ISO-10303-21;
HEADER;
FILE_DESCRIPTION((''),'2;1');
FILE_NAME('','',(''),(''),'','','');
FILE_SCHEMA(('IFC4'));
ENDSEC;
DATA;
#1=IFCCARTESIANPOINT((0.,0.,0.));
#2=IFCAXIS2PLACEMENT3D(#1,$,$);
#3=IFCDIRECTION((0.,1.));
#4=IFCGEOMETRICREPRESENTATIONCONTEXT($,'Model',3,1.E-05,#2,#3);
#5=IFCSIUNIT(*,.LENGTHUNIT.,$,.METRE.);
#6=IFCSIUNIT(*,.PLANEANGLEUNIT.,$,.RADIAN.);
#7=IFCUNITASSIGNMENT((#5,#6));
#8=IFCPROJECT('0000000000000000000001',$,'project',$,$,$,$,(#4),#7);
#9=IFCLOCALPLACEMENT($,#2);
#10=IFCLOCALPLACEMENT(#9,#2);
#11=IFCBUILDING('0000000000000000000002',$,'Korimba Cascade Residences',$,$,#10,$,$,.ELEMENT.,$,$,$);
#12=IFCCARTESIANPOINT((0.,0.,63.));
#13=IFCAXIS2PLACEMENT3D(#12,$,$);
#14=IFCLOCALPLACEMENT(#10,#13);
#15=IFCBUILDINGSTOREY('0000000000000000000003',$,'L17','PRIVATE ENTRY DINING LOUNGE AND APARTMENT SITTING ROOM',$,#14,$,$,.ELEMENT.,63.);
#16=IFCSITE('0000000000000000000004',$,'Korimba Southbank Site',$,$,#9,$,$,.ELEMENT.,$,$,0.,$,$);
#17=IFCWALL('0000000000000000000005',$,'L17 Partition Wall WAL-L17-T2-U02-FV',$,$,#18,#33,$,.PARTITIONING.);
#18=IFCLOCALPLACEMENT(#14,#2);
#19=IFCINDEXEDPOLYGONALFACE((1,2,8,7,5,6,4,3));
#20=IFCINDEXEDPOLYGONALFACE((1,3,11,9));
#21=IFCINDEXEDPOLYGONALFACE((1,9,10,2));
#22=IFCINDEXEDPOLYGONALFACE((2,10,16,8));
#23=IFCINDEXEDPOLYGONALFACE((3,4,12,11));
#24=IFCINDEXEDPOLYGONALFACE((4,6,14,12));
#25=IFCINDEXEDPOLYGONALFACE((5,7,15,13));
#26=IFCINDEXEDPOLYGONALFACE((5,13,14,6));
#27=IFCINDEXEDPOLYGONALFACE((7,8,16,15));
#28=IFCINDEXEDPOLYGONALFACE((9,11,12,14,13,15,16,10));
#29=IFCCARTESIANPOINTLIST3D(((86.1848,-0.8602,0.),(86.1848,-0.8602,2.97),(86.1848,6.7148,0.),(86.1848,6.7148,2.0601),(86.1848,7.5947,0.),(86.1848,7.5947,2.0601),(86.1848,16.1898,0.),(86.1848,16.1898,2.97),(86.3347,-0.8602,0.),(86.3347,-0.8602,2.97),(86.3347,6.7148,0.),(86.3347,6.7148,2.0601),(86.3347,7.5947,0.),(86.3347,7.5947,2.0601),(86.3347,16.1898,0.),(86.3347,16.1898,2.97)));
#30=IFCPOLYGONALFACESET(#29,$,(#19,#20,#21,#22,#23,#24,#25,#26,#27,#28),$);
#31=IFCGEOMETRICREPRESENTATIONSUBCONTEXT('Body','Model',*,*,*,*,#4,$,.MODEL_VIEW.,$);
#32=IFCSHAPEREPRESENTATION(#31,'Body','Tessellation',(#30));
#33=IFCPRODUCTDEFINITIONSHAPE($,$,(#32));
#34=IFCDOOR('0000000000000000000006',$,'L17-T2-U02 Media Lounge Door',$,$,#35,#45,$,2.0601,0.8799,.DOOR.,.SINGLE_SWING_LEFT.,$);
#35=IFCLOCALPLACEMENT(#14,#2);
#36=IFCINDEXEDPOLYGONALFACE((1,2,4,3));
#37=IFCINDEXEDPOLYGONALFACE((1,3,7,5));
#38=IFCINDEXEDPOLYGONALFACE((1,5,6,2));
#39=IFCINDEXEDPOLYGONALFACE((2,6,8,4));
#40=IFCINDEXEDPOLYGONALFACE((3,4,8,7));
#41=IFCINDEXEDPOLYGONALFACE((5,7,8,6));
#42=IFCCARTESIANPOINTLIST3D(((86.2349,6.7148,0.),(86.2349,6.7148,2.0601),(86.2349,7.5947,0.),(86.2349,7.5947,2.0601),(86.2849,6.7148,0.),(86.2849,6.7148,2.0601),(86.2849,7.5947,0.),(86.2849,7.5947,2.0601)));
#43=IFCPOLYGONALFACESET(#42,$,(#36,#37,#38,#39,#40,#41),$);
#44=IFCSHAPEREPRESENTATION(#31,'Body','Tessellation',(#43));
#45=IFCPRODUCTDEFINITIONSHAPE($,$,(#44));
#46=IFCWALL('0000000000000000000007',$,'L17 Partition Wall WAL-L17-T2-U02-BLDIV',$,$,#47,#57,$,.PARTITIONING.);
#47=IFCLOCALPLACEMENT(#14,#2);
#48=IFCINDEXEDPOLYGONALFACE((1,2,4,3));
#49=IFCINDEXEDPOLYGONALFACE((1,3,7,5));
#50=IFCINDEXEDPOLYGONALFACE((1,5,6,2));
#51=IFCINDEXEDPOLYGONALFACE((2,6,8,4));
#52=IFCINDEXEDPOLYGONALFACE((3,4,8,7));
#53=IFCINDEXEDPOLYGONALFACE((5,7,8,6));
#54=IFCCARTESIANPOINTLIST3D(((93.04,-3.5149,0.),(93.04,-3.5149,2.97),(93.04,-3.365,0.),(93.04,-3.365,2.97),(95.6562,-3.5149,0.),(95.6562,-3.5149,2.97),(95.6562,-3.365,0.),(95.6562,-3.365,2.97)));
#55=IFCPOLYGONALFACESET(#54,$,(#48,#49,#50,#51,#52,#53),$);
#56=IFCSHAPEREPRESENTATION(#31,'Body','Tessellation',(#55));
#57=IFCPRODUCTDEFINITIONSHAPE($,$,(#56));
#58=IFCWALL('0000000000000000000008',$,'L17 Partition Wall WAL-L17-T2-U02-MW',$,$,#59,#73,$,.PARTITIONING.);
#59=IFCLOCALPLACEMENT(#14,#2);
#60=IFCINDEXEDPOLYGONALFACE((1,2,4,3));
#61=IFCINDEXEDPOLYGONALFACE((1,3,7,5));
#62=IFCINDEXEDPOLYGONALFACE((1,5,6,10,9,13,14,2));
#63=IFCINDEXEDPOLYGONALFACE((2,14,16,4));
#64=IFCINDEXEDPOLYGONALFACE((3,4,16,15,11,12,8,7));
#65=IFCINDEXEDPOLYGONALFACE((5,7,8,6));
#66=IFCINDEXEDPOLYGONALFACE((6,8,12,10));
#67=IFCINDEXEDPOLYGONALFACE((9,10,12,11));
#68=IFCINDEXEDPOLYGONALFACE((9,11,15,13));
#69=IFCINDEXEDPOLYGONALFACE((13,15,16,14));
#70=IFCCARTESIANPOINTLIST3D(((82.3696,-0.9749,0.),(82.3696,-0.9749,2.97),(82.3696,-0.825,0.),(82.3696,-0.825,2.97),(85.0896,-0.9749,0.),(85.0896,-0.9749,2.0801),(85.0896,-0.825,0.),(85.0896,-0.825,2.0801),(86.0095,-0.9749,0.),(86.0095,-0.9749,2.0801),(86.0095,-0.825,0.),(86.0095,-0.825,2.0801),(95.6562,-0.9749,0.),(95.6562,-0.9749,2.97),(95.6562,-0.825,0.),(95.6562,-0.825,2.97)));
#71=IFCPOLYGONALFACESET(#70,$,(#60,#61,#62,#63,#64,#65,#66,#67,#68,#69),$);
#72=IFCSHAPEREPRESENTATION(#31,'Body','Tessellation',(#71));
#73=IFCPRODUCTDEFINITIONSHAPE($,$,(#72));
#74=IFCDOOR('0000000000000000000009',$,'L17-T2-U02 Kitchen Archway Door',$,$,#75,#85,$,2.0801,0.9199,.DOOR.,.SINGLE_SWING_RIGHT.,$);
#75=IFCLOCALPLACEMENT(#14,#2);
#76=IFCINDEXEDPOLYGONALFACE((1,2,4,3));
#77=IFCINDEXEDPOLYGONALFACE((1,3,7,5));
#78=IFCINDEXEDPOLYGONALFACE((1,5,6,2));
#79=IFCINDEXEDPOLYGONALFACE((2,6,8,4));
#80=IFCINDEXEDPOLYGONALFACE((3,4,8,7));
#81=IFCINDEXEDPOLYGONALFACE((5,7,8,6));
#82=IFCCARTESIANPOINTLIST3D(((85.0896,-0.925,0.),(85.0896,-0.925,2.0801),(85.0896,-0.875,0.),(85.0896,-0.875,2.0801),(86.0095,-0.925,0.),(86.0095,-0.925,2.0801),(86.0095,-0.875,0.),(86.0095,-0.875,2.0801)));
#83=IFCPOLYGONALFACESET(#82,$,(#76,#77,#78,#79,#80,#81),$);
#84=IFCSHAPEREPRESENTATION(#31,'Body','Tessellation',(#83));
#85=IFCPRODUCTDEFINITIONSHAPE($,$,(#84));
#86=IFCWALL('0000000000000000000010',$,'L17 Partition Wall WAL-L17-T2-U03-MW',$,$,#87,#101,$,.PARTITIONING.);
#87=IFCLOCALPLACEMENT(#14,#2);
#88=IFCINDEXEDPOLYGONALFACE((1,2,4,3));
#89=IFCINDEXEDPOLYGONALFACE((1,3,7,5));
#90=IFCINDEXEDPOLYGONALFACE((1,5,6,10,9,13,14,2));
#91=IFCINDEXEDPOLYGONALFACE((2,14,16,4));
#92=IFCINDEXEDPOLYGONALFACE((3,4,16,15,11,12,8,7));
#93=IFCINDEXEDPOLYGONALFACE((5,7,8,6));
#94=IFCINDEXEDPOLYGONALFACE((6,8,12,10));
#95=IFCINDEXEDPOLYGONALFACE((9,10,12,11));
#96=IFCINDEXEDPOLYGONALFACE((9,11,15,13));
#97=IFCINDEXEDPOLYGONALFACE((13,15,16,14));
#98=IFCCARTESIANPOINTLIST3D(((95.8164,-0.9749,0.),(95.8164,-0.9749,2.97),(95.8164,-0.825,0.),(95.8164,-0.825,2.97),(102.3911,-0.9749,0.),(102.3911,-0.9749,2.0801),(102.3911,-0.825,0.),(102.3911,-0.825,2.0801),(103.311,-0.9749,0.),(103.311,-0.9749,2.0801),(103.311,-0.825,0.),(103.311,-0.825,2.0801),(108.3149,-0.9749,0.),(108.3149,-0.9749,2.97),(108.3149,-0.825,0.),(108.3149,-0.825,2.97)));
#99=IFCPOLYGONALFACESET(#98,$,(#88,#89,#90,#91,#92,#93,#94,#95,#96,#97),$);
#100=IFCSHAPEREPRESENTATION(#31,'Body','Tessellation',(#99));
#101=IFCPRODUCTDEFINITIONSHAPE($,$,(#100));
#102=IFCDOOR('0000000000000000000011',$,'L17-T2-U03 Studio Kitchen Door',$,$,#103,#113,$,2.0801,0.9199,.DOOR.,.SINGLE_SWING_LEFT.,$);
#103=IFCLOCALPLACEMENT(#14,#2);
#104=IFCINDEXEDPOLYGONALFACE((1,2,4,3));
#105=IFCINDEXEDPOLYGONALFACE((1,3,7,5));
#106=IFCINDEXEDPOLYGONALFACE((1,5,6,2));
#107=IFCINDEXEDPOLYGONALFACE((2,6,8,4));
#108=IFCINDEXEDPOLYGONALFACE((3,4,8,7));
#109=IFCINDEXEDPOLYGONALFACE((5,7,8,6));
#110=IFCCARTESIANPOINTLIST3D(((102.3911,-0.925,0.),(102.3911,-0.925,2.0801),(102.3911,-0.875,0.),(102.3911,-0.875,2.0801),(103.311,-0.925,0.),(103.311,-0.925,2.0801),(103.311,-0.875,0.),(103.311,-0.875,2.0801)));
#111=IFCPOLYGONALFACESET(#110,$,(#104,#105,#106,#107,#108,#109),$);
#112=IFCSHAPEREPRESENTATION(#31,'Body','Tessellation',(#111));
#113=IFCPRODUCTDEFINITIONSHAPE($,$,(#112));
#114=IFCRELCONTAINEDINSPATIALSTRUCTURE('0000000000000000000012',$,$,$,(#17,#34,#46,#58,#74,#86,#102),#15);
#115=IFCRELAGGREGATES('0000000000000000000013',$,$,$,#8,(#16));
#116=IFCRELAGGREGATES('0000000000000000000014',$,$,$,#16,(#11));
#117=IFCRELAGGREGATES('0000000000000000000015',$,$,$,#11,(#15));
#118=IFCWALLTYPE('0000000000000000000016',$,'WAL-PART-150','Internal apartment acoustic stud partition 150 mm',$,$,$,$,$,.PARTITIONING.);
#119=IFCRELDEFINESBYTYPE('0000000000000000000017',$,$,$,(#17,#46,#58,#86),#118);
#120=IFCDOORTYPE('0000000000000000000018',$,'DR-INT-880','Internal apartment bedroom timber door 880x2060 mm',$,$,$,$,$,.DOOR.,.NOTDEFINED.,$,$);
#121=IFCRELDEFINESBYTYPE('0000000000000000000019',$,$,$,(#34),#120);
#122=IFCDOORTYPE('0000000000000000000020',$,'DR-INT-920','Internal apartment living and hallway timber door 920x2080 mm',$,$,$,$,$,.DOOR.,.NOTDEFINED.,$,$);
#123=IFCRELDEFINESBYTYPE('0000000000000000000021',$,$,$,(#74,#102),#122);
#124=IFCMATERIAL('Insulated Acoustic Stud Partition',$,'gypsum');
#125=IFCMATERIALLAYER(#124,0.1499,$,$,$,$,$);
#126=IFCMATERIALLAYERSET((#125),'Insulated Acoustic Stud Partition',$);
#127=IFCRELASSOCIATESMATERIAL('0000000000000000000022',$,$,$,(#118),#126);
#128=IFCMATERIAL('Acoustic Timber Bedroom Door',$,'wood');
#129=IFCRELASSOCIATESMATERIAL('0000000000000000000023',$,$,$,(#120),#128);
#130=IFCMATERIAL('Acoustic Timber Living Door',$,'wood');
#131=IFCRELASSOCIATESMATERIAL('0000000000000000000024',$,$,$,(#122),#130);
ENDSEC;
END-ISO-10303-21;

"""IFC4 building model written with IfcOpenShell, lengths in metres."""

from ifc_helpers import new_model, si_unit, direction, frame, frame_2d, origin, place, context, subcontext, project, spatial, rectangle, extrude, material, layer, layer_set, type_object, element, fill, save


model = new_model("IFC4")

# Units and contexts
model_context = context("Model", 3, precision=1e-05, world=origin(), true_north=direction((0.0, 1.0)))
body_context = subcontext(model_context, "Body", "Model", "MODEL_VIEW")
ifc_project = project(units=[si_unit("LENGTHUNIT", "METRE"), si_unit("PLANEANGLEUNIT", "RADIAN")], contexts=[model_context])

# Site, building, storey
site_placement = place(None, origin())
site = spatial("IfcSite", under=ifc_project, at=site_placement, Name="Korimba Southbank Site", CompositionType="ELEMENT", RefElevation=0.0)
building_placement = place(site_placement, origin())
building = spatial("IfcBuilding", under=site, at=building_placement, Name="Korimba Cascade Residences", CompositionType="ELEMENT")
storey_placement = place(building_placement, frame((0.0, 0.0, 63.0)))
storey = spatial("IfcBuildingStorey", under=building, at=storey_placement, Name="L17", Description="PRIVATE ENTRY DINING LOUNGE AND APARTMENT SITTING ROOM", CompositionType="ELEMENT", Elevation=63.0)

# Wall, opening, door
ifc_material_1 = material(Name="Insulated Acoustic Stud Partition", Category="gypsum")
ifc_layer = layer(ifc_material_1, 0.1499)
ifc_layer_set = layer_set([ifc_layer], Name="Insulated Acoustic Stud Partition")
wall_type = type_object("IfcWallType", Name="WAL-PART-150", Description="Internal apartment acoustic stud partition 150 mm", PredefinedType="PARTITIONING", material=ifc_layer_set)
ifc_material_2 = material(Name="Acoustic Timber Bedroom Door", Category="wood")
door_type_1 = type_object("IfcDoorType", Name="DR-INT-880", Description="Internal apartment bedroom timber door 880x2060 mm", OperationType="NOTDEFINED", PredefinedType="DOOR", material=ifc_material_2)
wall_1_placement = place(storey_placement, frame((86.2598, -0.8601, 0.0), z_axis=(0.0, 0.0, 1.0), x_axis=(0.0, 1.0, 0.0)))
wall_1 = element("IfcWall", 1, at=wall_1_placement, inside=storey, type_object=wall_type, Name="L17 Partition Wall WAL-L17-T2-U02-FV", PredefinedType="PARTITIONING", context=body_context, shape_type="SweptSolid", body=[
    extrude(rectangle(XDim=17.05, YDim=0.1499, at=frame_2d((8.5249, 0.0))), origin(), (0.0, 0.0, 1.0), 2.97),
])
opening_1_placement = place(wall_1_placement, frame((7.575, 0.0, 0.0)))
opening_1 = element("IfcOpeningElement", 2, at=opening_1_placement, cuts=wall_1, PredefinedType="OPENING", context=body_context, shape_type="SweptSolid", body=[
    extrude(rectangle(XDim=0.8799, YDim=2.0601, at=frame_2d((0.4399, 1.03))), frame((0.0, 0.085, 0.0), z_axis=(0.0, -1.0, 0.0), x_axis=(1.0, 0.0, 0.0)), (0.0, 0.0, 1.0), 0.1699),
])
door_1_placement = place(opening_1_placement, origin())
door_1 = element("IfcDoor", 3, at=door_1_placement, inside=storey, type_object=door_type_1, Name="L17-T2-U02 Media Lounge Door", OperationType="SINGLE_SWING_LEFT", OverallHeight=2.0601, OverallWidth=0.8799, PredefinedType="DOOR", context=body_context, shape_type="SweptSolid", body=[
    extrude(rectangle(XDim=0.8799, YDim=2.0601, at=frame_2d((0.4399, 1.03))), frame((0.0, 0.0249, 0.0), z_axis=(0.0, -1.0, 0.0), x_axis=(1.0, 0.0, 0.0)), (0.0, 0.0, 1.0), 0.05),
])
fill(opening_1, door_1)

# Wall
wall_2_placement = place(storey_placement, frame((93.04, -3.4399, 0.0), z_axis=(0.0, 0.0, 1.0), x_axis=(1.0, 0.0, 0.0)))
element("IfcWall", 4, at=wall_2_placement, inside=storey, type_object=wall_type, Name="L17 Partition Wall WAL-L17-T2-U02-BLDIV", PredefinedType="PARTITIONING", context=body_context, shape_type="SweptSolid", body=[
    extrude(rectangle(XDim=2.6162, YDim=0.1499, at=frame_2d((1.3081, 0.0))), origin(), (0.0, 0.0, 1.0), 2.97),
])

# Walls, openings, doors
wall_3_placement = place(storey_placement, frame((82.3696, -0.8999, 0.0), z_axis=(0.0, 0.0, 1.0), x_axis=(1.0, 0.0, 0.0)))
wall_3 = element("IfcWall", 5, at=wall_3_placement, inside=storey, type_object=wall_type, Name="L17 Partition Wall WAL-L17-T2-U02-MW", PredefinedType="PARTITIONING", context=body_context, shape_type="SweptSolid", body=[
    extrude(rectangle(XDim=13.2866, YDim=0.1499, at=frame_2d((6.6433, 0.0))), origin(), (0.0, 0.0, 1.0), 2.97),
])
opening_2_placement = place(wall_3_placement, frame((2.72, 0.0, 0.0)))
opening_2 = element("IfcOpeningElement", 6, at=opening_2_placement, cuts=wall_3, PredefinedType="OPENING", context=body_context, shape_type="SweptSolid", body=[
    extrude(rectangle(XDim=0.9199, YDim=2.0801, at=frame_2d((0.46, 1.04))), frame((0.0, 0.085, 0.0), z_axis=(0.0, -1.0, 0.0), x_axis=(1.0, 0.0, 0.0)), (0.0, 0.0, 1.0), 0.1699),
])
ifc_material_3 = material(Name="Acoustic Timber Living Door", Category="wood")
door_type_2 = type_object("IfcDoorType", Name="DR-INT-920", Description="Internal apartment living and hallway timber door 920x2080 mm", OperationType="NOTDEFINED", PredefinedType="DOOR", material=ifc_material_3)
door_2_placement = place(opening_2_placement, origin())
door_2 = element("IfcDoor", 7, at=door_2_placement, inside=storey, type_object=door_type_2, Name="L17-T2-U02 Kitchen Archway Door", OperationType="SINGLE_SWING_RIGHT", OverallHeight=2.0801, OverallWidth=0.9199, PredefinedType="DOOR", context=body_context, shape_type="SweptSolid", body=[
    extrude(rectangle(XDim=0.9199, YDim=2.0801, at=frame_2d((0.46, 1.04))), frame((0.0, 0.0249, 0.0), z_axis=(0.0, -1.0, 0.0), x_axis=(1.0, 0.0, 0.0)), (0.0, 0.0, 1.0), 0.05),
])
fill(opening_2, door_2)
wall_4_placement = place(storey_placement, frame((95.8164, -0.8999, 0.0), z_axis=(0.0, 0.0, 1.0), x_axis=(1.0, 0.0, 0.0)))
wall_4 = element("IfcWall", 8, at=wall_4_placement, inside=storey, type_object=wall_type, Name="L17 Partition Wall WAL-L17-T2-U03-MW", PredefinedType="PARTITIONING", context=body_context, shape_type="SweptSolid", body=[
    extrude(rectangle(XDim=12.4985, YDim=0.1499, at=frame_2d((6.2493, 0.0))), origin(), (0.0, 0.0, 1.0), 2.97),
])
opening_3_placement = place(wall_4_placement, frame((6.5747, 0.0, 0.0)))
opening_3 = element("IfcOpeningElement", 9, at=opening_3_placement, cuts=wall_4, PredefinedType="OPENING", context=body_context, shape_type="SweptSolid", body=[
    extrude(rectangle(XDim=0.9199, YDim=2.0801, at=frame_2d((0.46, 1.04))), frame((0.0, 0.085, 0.0), z_axis=(0.0, -1.0, 0.0), x_axis=(1.0, 0.0, 0.0)), (0.0, 0.0, 1.0), 0.1699),
])
door_3_placement = place(opening_3_placement, origin())
door_3 = element("IfcDoor", 10, at=door_3_placement, inside=storey, type_object=door_type_2, Name="L17-T2-U03 Studio Kitchen Door", OperationType="SINGLE_SWING_LEFT", OverallHeight=2.0801, OverallWidth=0.9199, PredefinedType="DOOR", context=body_context, shape_type="SweptSolid", body=[
    extrude(rectangle(XDim=0.9199, YDim=2.0801, at=frame_2d((0.46, 1.04))), frame((0.0, 0.0249, 0.0), z_axis=(0.0, -1.0, 0.0), x_axis=(1.0, 0.0, 0.0)), (0.0, 0.0, 1.0), 0.05),
])
fill(opening_3, door_3)

save(model, "model.ifc")
